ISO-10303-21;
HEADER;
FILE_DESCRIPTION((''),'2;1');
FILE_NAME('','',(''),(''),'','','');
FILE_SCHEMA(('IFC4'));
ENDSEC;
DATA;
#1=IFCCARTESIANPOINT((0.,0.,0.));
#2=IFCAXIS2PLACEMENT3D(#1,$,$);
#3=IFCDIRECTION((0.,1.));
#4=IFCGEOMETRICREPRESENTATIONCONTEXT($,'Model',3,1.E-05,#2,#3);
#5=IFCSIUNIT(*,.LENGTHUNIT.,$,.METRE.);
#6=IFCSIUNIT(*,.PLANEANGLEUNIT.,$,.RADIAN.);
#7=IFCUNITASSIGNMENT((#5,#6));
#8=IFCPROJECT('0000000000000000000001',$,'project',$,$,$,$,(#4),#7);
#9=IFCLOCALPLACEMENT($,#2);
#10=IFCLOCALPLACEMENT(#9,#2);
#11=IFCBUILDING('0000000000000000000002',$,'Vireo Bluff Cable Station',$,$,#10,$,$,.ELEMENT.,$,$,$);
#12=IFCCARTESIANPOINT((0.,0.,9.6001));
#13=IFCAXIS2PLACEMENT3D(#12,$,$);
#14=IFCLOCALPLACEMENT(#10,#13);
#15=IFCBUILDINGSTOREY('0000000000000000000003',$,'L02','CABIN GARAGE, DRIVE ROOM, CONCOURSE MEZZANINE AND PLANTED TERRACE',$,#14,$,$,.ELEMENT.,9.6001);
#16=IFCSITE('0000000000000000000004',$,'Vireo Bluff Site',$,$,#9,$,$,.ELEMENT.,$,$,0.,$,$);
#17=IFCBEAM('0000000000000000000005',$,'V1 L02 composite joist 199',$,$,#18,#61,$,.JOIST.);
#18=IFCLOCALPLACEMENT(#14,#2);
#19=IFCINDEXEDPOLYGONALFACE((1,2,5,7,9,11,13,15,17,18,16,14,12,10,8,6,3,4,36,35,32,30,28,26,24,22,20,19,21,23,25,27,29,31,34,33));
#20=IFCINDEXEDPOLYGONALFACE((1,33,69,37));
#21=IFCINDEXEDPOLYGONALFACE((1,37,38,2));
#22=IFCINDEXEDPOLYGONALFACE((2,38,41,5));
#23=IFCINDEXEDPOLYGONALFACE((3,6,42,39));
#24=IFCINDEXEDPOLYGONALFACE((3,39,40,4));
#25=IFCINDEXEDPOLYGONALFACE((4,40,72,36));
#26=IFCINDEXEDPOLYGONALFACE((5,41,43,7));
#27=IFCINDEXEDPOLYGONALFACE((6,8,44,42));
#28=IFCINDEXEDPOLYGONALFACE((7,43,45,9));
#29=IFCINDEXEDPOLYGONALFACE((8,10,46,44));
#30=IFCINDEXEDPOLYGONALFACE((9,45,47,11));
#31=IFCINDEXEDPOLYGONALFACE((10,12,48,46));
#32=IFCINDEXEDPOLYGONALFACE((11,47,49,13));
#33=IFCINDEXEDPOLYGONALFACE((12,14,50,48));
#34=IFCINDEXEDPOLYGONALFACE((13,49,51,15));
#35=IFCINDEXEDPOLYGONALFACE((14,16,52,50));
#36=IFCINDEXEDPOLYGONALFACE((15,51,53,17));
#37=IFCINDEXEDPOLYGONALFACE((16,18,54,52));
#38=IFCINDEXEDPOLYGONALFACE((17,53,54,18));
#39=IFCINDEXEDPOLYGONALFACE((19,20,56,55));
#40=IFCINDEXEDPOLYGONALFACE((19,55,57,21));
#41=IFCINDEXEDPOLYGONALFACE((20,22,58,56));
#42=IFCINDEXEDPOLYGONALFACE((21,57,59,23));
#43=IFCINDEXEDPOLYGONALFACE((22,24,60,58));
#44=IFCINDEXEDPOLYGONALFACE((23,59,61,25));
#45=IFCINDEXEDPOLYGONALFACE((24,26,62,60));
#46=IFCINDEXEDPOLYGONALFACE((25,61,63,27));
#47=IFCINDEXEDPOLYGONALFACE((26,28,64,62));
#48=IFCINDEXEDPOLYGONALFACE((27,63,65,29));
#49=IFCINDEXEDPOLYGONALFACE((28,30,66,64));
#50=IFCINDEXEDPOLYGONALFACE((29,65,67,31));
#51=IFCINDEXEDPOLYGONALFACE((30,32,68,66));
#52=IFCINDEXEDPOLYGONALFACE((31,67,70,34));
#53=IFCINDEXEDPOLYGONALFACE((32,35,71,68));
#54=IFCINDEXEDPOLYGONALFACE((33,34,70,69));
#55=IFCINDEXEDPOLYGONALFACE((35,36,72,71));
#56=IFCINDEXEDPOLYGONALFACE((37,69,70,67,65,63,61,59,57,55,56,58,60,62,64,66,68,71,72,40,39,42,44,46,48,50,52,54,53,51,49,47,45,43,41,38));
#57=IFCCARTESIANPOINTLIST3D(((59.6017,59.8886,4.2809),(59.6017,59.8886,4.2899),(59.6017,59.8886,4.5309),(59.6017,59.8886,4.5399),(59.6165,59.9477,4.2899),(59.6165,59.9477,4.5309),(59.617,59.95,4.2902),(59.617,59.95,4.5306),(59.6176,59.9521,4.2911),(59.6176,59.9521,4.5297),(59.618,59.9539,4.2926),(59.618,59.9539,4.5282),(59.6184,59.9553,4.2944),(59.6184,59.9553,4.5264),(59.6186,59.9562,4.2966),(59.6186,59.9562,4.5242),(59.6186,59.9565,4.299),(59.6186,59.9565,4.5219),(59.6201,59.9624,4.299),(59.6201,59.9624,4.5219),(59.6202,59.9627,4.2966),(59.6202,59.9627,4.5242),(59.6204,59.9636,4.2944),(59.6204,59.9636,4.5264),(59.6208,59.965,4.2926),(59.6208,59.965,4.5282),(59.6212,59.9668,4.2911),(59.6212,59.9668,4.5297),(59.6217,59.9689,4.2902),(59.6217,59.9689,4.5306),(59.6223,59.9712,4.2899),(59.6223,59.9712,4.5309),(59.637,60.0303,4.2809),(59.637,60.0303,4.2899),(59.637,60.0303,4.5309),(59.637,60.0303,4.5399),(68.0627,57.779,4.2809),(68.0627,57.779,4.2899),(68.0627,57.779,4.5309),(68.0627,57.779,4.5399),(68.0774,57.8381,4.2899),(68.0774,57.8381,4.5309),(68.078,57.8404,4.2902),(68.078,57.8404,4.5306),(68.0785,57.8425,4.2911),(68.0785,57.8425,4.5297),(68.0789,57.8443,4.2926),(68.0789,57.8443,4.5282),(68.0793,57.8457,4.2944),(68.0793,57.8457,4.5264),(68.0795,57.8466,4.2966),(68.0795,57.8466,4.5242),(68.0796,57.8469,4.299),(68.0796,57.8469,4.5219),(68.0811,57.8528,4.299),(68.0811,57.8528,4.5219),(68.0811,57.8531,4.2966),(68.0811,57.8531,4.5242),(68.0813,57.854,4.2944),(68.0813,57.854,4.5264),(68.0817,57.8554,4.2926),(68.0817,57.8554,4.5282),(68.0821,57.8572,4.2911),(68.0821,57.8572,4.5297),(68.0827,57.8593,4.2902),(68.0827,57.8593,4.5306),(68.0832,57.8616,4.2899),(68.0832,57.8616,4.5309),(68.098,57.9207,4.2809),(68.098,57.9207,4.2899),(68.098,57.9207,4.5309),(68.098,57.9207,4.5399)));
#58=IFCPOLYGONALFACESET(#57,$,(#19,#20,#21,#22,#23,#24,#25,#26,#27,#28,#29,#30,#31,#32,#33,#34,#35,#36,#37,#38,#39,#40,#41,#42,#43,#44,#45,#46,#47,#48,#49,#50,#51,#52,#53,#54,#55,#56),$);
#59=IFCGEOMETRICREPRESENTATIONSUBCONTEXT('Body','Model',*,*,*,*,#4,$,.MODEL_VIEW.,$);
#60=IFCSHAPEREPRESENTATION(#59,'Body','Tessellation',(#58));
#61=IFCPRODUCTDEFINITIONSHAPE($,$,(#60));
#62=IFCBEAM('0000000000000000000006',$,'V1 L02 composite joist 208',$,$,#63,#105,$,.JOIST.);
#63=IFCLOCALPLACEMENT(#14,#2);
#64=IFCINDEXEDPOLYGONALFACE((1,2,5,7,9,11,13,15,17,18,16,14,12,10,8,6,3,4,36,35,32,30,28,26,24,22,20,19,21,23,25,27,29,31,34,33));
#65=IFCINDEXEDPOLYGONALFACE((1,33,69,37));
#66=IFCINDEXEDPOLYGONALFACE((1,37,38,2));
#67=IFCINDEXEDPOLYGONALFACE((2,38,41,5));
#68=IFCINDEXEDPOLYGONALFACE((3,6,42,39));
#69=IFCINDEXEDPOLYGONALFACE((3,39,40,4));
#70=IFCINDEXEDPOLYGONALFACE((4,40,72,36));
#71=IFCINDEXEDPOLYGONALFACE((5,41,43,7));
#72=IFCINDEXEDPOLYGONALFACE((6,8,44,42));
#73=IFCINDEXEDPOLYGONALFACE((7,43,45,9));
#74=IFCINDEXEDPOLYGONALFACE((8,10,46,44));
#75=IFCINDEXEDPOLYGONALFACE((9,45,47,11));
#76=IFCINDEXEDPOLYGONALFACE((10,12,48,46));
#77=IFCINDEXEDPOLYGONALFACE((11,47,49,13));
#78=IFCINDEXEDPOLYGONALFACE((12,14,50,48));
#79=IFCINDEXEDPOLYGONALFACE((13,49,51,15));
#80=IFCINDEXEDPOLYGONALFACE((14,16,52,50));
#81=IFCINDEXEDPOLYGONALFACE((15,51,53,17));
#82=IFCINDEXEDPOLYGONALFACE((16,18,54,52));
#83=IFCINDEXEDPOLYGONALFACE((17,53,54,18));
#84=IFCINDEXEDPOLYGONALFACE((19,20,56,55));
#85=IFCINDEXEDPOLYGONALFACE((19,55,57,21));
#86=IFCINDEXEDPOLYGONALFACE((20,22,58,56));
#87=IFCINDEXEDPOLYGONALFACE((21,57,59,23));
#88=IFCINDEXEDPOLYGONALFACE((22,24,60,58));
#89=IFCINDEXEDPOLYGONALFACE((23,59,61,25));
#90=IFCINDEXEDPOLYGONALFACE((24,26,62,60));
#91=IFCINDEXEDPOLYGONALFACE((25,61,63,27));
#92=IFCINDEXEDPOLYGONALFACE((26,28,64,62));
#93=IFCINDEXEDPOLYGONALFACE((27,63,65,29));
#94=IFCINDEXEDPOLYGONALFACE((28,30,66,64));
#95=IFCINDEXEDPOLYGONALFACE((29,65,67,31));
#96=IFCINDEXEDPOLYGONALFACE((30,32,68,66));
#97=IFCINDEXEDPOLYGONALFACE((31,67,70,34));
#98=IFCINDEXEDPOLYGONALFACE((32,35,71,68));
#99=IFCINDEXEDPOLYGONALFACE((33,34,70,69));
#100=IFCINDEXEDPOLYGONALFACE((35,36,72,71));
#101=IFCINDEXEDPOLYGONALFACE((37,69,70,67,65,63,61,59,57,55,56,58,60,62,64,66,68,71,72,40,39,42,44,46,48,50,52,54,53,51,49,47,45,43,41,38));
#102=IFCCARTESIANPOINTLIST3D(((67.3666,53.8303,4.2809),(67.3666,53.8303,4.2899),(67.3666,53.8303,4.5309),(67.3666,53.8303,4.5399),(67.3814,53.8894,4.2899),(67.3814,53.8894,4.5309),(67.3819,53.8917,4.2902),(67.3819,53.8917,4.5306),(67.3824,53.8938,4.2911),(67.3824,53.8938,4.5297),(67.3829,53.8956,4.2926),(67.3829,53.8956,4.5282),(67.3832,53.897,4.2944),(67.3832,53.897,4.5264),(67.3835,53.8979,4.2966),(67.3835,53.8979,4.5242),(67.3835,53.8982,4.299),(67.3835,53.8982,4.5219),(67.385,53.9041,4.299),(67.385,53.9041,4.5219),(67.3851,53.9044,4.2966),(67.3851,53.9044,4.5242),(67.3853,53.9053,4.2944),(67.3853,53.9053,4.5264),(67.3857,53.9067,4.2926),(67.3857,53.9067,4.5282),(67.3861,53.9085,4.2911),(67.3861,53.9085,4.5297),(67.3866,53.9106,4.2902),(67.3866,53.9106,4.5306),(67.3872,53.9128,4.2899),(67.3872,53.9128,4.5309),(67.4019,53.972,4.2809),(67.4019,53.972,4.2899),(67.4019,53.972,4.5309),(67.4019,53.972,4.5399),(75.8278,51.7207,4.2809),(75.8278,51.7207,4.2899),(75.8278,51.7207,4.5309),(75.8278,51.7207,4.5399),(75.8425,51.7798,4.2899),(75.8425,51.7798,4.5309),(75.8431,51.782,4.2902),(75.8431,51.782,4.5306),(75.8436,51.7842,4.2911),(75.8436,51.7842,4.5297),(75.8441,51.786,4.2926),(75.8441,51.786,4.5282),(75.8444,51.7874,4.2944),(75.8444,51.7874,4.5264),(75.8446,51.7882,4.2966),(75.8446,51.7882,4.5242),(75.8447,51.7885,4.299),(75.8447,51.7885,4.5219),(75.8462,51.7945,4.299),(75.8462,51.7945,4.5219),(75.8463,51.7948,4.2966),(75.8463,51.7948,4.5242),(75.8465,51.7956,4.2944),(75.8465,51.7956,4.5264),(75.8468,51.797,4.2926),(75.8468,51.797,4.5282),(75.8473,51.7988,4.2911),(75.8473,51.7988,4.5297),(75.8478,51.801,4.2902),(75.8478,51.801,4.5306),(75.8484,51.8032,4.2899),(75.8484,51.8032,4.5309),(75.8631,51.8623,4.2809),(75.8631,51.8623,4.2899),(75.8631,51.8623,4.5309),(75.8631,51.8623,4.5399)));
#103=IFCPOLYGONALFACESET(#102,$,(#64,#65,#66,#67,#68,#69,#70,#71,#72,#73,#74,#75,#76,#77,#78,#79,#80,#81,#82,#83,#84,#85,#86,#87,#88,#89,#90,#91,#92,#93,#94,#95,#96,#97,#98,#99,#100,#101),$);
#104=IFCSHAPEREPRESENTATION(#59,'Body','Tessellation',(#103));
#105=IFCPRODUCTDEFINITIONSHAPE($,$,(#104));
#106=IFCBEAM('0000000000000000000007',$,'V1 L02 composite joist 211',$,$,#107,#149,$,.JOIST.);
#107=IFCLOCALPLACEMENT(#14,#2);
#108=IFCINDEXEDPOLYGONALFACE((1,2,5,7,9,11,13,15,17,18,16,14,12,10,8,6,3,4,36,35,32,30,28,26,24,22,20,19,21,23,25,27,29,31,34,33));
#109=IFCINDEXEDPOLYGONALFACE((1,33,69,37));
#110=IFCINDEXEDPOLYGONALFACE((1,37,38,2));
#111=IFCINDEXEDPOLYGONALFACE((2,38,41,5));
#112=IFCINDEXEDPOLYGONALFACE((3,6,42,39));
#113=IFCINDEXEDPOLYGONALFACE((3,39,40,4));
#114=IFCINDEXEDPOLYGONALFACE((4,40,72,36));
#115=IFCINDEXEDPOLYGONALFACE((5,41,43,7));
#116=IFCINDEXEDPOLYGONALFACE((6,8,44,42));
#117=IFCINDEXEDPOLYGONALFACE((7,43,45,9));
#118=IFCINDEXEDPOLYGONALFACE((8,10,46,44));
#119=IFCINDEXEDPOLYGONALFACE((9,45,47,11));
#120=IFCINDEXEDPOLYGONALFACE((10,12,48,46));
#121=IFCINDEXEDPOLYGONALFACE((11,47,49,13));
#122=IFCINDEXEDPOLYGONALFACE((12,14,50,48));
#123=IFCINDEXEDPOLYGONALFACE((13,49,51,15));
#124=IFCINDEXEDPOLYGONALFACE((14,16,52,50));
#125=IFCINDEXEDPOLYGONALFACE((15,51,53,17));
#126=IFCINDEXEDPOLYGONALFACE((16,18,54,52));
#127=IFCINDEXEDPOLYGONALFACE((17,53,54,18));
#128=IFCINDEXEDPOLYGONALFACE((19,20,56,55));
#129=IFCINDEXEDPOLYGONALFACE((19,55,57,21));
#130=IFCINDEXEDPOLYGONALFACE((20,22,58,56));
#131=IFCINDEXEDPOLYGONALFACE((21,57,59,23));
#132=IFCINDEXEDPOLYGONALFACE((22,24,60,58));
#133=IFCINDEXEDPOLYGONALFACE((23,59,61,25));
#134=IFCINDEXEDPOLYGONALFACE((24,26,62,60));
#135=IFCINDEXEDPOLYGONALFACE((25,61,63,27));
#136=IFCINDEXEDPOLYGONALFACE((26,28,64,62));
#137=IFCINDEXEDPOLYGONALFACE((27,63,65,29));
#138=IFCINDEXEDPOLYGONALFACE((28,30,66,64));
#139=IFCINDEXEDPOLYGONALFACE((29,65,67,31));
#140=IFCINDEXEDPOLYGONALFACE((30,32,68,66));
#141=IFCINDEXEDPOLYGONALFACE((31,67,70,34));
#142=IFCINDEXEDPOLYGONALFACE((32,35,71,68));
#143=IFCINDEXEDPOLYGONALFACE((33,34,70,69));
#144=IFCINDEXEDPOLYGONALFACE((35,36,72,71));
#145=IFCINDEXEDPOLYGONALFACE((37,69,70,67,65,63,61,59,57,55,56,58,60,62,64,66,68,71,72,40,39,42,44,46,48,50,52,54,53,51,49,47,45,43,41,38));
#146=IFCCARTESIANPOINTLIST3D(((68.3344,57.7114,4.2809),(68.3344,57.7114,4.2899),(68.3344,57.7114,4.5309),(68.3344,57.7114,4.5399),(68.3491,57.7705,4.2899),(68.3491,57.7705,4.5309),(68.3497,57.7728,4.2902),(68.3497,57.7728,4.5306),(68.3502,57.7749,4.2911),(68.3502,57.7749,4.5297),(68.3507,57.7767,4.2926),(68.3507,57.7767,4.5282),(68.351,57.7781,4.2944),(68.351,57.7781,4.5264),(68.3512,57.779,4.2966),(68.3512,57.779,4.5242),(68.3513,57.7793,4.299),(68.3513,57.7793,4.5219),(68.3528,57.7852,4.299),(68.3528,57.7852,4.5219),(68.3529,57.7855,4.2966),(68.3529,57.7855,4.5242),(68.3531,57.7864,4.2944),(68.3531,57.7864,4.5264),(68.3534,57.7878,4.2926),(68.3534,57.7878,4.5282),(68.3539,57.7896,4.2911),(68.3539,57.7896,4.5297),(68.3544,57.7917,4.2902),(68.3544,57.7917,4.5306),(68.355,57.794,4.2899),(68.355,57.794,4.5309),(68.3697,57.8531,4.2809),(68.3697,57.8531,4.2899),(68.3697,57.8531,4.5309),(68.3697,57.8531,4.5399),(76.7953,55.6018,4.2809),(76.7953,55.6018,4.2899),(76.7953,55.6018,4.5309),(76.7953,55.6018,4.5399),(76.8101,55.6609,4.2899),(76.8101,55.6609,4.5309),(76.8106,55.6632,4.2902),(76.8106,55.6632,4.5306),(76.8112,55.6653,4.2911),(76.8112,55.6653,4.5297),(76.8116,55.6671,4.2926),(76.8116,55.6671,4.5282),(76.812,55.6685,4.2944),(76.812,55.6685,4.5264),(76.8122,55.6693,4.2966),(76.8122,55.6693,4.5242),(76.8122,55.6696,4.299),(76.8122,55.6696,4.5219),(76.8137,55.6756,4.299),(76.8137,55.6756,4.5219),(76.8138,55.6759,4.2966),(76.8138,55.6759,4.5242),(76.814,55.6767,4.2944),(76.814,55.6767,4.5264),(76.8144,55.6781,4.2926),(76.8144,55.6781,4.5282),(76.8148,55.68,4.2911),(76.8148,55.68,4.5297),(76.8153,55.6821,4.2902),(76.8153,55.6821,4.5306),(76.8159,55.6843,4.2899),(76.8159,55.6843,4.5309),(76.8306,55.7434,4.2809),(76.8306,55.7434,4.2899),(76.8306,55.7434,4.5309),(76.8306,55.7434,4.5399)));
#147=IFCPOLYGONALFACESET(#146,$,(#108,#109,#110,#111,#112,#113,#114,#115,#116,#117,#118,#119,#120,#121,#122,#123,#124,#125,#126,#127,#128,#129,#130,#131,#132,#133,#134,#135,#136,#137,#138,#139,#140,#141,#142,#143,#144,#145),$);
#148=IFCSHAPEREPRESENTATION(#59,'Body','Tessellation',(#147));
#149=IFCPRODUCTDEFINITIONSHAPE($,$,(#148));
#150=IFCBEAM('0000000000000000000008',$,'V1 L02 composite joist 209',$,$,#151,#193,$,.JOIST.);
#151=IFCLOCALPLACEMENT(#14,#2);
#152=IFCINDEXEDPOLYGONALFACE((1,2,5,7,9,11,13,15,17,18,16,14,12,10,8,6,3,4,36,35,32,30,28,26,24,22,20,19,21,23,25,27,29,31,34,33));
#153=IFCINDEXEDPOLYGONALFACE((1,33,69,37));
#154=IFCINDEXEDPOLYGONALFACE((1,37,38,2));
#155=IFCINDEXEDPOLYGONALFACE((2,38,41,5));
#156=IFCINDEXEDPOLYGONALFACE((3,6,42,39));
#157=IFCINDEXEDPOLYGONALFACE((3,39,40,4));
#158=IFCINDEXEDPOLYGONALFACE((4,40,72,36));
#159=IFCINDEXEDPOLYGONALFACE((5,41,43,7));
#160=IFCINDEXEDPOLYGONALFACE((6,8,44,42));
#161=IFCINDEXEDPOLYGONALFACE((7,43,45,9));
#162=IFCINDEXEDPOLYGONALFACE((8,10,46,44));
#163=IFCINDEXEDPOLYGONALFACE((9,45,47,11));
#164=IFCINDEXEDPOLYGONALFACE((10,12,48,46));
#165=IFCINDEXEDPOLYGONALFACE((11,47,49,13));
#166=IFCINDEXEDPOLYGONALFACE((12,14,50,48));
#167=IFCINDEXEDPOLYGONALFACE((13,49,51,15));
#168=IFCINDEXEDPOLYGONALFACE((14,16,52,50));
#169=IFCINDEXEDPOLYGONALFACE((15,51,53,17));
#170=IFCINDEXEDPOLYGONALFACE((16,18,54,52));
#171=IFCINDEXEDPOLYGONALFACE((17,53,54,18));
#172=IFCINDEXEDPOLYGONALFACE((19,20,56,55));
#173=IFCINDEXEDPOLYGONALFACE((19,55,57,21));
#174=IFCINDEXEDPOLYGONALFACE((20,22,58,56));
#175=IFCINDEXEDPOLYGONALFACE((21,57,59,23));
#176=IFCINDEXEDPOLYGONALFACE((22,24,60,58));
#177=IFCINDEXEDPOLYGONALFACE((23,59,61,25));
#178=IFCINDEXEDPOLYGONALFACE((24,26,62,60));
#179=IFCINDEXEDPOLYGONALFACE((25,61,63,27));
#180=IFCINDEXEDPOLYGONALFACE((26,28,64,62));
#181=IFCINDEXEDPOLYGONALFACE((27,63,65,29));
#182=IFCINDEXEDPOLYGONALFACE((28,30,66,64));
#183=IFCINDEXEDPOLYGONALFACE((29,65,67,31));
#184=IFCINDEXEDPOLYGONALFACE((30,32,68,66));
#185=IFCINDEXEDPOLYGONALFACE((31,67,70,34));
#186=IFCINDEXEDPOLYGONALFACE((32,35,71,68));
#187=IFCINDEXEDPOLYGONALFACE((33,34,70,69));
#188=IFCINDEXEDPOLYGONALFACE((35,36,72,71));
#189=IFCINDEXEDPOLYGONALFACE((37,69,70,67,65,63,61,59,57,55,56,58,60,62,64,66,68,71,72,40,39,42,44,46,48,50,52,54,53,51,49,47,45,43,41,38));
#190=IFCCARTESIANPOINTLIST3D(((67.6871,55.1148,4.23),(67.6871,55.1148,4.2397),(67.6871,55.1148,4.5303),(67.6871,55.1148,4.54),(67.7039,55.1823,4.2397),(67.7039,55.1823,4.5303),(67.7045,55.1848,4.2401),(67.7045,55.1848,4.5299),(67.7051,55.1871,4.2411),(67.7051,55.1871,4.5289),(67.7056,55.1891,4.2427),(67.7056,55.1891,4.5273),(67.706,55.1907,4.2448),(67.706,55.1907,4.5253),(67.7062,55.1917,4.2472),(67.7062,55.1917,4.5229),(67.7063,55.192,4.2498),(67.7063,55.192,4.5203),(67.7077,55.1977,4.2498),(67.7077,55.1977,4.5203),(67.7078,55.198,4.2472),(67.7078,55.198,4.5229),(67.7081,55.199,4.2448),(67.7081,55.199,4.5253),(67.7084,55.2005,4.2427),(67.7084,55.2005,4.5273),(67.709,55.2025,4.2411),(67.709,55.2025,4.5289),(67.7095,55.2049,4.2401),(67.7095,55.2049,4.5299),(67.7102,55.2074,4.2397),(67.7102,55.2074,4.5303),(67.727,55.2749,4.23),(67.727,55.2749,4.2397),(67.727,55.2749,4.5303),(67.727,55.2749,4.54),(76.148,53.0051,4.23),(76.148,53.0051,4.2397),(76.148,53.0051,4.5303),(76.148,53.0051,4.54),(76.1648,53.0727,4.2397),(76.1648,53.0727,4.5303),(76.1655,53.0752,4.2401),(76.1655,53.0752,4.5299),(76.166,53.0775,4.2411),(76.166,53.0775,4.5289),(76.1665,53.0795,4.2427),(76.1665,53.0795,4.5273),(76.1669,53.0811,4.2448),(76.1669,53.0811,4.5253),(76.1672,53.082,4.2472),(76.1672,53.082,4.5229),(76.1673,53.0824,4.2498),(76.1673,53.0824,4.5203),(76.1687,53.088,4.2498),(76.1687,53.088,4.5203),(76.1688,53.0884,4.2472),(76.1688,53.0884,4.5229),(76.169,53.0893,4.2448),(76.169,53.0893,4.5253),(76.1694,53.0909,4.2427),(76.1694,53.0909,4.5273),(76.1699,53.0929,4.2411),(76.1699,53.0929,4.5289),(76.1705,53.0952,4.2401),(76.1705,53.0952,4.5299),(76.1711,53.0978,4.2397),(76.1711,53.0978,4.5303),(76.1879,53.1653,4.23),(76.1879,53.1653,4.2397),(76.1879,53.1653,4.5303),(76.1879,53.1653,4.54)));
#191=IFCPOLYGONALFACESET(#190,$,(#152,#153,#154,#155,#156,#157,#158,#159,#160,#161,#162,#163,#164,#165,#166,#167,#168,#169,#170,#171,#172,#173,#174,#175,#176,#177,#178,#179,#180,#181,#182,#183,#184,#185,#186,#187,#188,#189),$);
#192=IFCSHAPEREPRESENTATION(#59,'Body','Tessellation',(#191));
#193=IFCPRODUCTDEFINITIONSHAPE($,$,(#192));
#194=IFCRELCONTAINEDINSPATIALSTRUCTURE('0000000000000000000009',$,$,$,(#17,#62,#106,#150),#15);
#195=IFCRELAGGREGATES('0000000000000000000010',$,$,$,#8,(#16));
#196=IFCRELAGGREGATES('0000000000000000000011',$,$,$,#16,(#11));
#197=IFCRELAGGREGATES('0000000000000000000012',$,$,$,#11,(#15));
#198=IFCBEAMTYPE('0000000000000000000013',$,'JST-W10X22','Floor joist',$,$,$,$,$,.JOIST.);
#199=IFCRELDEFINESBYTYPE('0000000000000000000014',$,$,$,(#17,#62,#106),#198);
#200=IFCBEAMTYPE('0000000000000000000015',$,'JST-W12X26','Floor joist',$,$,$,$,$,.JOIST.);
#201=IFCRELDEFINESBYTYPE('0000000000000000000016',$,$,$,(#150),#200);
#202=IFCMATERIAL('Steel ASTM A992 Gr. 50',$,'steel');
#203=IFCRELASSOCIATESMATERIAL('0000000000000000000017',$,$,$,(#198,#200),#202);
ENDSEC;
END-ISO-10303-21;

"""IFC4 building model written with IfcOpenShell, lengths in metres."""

from ifc_helpers import new_model, si_unit, direction, frame, origin, origin_2d, place, context, subcontext, project, spatial, i_section, extrude, material, material_profile, profile_set, type_object, element, save


model = new_model("IFC4")

# Units and contexts
model_context = context("Model", 3, precision=1e-05, world=origin(), true_north=direction((0.0, 1.0)))
body_context = subcontext(model_context, "Body", "Model", "MODEL_VIEW")
ifc_project = project(units=[si_unit("LENGTHUNIT", "METRE"), si_unit("PLANEANGLEUNIT", "RADIAN")], contexts=[model_context])

# Site, building, storey
site_placement = place(None, origin())
site = spatial("IfcSite", under=ifc_project, at=site_placement, Name="Vireo Bluff Site", CompositionType="ELEMENT", RefElevation=0.0)
building_placement = place(site_placement, origin())
building = spatial("IfcBuilding", under=site, at=building_placement, Name="Vireo Bluff Cable Station", CompositionType="ELEMENT")
storey_placement = place(building_placement, frame((0.0, 0.0, 9.6001)))
storey = spatial("IfcBuildingStorey", under=building, at=storey_placement, Name="L02", Description="CABIN GARAGE, DRIVE ROOM, CONCOURSE MEZZANINE AND PLANTED TERRACE", CompositionType="ELEMENT", Elevation=9.6001)

# Shared definitions
ifc_material_1 = material(Name="Steel ASTM A992 Gr. 50", Category="steel")

# Beams
ifc_material_profile_1 = material_profile(ifc_material_1, i_section(OverallWidth=0.146, OverallDepth=0.259, WebThickness=0.0061, FlangeThickness=0.009, FilletRadius=0.009, at=origin_2d()), Name="W10X22")
ifc_profile_set_1 = profile_set([ifc_material_profile_1], Name="Steel ASTM A992 Gr. 50")
beam_type_1 = type_object("IfcBeamType", Name="JST-W10X22", Description="Floor joist", PredefinedType="JOIST", material=ifc_profile_set_1)
beam_1_placement = place(storey_placement, frame((59.6194, 59.9595, 4.4104), z_axis=(0.970294, -0.24193, 0.0), x_axis=(0.24193, 0.970294, 0.0)))
element("IfcBeam", 1, at=beam_1_placement, inside=storey, type_object=beam_type_1, Name="V1 L02 composite joist 199", PredefinedType="JOIST", context=body_context, shape_type="SweptSolid", body=[
    extrude(i_section(OverallWidth=0.146, OverallDepth=0.259, WebThickness=0.0061, FlangeThickness=0.009, FilletRadius=0.009, at=origin_2d()), origin(), (0.0, 0.0, 1.0), 8.72),
])
beam_2_placement = place(storey_placement, frame((67.3843, 53.9011, 4.4104), z_axis=(0.970295, -0.241923, 0.0), x_axis=(0.241923, 0.970295, 0.0)))
element("IfcBeam", 2, at=beam_2_placement, inside=storey, type_object=beam_type_1, Name="V1 L02 composite joist 208", PredefinedType="JOIST", context=body_context, shape_type="SweptSolid", body=[
    extrude(i_section(OverallWidth=0.146, OverallDepth=0.259, WebThickness=0.0061, FlangeThickness=0.009, FilletRadius=0.009, at=origin_2d()), origin(), (0.0, 0.0, 1.0), 8.7202),
])
beam_3_placement = place(storey_placement, frame((68.3521, 57.7822, 4.4104), z_axis=(0.970294, -0.24193, 0.0), x_axis=(0.24193, 0.970294, 0.0)))
element("IfcBeam", 3, at=beam_3_placement, inside=storey, type_object=beam_type_1, Name="V1 L02 composite joist 211", PredefinedType="JOIST", context=body_context, shape_type="SweptSolid", body=[
    extrude(i_section(OverallWidth=0.146, OverallDepth=0.259, WebThickness=0.0061, FlangeThickness=0.009, FilletRadius=0.009, at=origin_2d()), origin(), (0.0, 0.0, 1.0), 8.72),
])
ifc_material_profile_2 = material_profile(ifc_material_1, i_section(OverallWidth=0.165, OverallDepth=0.3101, WebThickness=0.0059, FlangeThickness=0.0098, FilletRadius=0.01, at=origin_2d()), Name="W12X26")
ifc_profile_set_2 = profile_set([ifc_material_profile_2], Name="Steel ASTM A992 Gr. 50")
beam_type_2 = type_object("IfcBeamType", Name="JST-W12X26", Description="Floor joist", PredefinedType="JOIST", material=ifc_profile_set_2)
beam_4_placement = place(storey_placement, frame((67.707, 55.1948, 4.385), z_axis=(0.970294, -0.24193, 0.0), x_axis=(0.24193, 0.970294, 0.0)))
element("IfcBeam", 4, at=beam_4_placement, inside=storey, type_object=beam_type_2, Name="V1 L02 composite joist 209", PredefinedType="JOIST", context=body_context, shape_type="SweptSolid", body=[
    extrude(i_section(OverallWidth=0.165, OverallDepth=0.3101, WebThickness=0.0059, FlangeThickness=0.0098, FilletRadius=0.01, at=origin_2d()), origin(), (0.0, 0.0, 1.0), 8.72),
])

save(model, "model.ifc")
